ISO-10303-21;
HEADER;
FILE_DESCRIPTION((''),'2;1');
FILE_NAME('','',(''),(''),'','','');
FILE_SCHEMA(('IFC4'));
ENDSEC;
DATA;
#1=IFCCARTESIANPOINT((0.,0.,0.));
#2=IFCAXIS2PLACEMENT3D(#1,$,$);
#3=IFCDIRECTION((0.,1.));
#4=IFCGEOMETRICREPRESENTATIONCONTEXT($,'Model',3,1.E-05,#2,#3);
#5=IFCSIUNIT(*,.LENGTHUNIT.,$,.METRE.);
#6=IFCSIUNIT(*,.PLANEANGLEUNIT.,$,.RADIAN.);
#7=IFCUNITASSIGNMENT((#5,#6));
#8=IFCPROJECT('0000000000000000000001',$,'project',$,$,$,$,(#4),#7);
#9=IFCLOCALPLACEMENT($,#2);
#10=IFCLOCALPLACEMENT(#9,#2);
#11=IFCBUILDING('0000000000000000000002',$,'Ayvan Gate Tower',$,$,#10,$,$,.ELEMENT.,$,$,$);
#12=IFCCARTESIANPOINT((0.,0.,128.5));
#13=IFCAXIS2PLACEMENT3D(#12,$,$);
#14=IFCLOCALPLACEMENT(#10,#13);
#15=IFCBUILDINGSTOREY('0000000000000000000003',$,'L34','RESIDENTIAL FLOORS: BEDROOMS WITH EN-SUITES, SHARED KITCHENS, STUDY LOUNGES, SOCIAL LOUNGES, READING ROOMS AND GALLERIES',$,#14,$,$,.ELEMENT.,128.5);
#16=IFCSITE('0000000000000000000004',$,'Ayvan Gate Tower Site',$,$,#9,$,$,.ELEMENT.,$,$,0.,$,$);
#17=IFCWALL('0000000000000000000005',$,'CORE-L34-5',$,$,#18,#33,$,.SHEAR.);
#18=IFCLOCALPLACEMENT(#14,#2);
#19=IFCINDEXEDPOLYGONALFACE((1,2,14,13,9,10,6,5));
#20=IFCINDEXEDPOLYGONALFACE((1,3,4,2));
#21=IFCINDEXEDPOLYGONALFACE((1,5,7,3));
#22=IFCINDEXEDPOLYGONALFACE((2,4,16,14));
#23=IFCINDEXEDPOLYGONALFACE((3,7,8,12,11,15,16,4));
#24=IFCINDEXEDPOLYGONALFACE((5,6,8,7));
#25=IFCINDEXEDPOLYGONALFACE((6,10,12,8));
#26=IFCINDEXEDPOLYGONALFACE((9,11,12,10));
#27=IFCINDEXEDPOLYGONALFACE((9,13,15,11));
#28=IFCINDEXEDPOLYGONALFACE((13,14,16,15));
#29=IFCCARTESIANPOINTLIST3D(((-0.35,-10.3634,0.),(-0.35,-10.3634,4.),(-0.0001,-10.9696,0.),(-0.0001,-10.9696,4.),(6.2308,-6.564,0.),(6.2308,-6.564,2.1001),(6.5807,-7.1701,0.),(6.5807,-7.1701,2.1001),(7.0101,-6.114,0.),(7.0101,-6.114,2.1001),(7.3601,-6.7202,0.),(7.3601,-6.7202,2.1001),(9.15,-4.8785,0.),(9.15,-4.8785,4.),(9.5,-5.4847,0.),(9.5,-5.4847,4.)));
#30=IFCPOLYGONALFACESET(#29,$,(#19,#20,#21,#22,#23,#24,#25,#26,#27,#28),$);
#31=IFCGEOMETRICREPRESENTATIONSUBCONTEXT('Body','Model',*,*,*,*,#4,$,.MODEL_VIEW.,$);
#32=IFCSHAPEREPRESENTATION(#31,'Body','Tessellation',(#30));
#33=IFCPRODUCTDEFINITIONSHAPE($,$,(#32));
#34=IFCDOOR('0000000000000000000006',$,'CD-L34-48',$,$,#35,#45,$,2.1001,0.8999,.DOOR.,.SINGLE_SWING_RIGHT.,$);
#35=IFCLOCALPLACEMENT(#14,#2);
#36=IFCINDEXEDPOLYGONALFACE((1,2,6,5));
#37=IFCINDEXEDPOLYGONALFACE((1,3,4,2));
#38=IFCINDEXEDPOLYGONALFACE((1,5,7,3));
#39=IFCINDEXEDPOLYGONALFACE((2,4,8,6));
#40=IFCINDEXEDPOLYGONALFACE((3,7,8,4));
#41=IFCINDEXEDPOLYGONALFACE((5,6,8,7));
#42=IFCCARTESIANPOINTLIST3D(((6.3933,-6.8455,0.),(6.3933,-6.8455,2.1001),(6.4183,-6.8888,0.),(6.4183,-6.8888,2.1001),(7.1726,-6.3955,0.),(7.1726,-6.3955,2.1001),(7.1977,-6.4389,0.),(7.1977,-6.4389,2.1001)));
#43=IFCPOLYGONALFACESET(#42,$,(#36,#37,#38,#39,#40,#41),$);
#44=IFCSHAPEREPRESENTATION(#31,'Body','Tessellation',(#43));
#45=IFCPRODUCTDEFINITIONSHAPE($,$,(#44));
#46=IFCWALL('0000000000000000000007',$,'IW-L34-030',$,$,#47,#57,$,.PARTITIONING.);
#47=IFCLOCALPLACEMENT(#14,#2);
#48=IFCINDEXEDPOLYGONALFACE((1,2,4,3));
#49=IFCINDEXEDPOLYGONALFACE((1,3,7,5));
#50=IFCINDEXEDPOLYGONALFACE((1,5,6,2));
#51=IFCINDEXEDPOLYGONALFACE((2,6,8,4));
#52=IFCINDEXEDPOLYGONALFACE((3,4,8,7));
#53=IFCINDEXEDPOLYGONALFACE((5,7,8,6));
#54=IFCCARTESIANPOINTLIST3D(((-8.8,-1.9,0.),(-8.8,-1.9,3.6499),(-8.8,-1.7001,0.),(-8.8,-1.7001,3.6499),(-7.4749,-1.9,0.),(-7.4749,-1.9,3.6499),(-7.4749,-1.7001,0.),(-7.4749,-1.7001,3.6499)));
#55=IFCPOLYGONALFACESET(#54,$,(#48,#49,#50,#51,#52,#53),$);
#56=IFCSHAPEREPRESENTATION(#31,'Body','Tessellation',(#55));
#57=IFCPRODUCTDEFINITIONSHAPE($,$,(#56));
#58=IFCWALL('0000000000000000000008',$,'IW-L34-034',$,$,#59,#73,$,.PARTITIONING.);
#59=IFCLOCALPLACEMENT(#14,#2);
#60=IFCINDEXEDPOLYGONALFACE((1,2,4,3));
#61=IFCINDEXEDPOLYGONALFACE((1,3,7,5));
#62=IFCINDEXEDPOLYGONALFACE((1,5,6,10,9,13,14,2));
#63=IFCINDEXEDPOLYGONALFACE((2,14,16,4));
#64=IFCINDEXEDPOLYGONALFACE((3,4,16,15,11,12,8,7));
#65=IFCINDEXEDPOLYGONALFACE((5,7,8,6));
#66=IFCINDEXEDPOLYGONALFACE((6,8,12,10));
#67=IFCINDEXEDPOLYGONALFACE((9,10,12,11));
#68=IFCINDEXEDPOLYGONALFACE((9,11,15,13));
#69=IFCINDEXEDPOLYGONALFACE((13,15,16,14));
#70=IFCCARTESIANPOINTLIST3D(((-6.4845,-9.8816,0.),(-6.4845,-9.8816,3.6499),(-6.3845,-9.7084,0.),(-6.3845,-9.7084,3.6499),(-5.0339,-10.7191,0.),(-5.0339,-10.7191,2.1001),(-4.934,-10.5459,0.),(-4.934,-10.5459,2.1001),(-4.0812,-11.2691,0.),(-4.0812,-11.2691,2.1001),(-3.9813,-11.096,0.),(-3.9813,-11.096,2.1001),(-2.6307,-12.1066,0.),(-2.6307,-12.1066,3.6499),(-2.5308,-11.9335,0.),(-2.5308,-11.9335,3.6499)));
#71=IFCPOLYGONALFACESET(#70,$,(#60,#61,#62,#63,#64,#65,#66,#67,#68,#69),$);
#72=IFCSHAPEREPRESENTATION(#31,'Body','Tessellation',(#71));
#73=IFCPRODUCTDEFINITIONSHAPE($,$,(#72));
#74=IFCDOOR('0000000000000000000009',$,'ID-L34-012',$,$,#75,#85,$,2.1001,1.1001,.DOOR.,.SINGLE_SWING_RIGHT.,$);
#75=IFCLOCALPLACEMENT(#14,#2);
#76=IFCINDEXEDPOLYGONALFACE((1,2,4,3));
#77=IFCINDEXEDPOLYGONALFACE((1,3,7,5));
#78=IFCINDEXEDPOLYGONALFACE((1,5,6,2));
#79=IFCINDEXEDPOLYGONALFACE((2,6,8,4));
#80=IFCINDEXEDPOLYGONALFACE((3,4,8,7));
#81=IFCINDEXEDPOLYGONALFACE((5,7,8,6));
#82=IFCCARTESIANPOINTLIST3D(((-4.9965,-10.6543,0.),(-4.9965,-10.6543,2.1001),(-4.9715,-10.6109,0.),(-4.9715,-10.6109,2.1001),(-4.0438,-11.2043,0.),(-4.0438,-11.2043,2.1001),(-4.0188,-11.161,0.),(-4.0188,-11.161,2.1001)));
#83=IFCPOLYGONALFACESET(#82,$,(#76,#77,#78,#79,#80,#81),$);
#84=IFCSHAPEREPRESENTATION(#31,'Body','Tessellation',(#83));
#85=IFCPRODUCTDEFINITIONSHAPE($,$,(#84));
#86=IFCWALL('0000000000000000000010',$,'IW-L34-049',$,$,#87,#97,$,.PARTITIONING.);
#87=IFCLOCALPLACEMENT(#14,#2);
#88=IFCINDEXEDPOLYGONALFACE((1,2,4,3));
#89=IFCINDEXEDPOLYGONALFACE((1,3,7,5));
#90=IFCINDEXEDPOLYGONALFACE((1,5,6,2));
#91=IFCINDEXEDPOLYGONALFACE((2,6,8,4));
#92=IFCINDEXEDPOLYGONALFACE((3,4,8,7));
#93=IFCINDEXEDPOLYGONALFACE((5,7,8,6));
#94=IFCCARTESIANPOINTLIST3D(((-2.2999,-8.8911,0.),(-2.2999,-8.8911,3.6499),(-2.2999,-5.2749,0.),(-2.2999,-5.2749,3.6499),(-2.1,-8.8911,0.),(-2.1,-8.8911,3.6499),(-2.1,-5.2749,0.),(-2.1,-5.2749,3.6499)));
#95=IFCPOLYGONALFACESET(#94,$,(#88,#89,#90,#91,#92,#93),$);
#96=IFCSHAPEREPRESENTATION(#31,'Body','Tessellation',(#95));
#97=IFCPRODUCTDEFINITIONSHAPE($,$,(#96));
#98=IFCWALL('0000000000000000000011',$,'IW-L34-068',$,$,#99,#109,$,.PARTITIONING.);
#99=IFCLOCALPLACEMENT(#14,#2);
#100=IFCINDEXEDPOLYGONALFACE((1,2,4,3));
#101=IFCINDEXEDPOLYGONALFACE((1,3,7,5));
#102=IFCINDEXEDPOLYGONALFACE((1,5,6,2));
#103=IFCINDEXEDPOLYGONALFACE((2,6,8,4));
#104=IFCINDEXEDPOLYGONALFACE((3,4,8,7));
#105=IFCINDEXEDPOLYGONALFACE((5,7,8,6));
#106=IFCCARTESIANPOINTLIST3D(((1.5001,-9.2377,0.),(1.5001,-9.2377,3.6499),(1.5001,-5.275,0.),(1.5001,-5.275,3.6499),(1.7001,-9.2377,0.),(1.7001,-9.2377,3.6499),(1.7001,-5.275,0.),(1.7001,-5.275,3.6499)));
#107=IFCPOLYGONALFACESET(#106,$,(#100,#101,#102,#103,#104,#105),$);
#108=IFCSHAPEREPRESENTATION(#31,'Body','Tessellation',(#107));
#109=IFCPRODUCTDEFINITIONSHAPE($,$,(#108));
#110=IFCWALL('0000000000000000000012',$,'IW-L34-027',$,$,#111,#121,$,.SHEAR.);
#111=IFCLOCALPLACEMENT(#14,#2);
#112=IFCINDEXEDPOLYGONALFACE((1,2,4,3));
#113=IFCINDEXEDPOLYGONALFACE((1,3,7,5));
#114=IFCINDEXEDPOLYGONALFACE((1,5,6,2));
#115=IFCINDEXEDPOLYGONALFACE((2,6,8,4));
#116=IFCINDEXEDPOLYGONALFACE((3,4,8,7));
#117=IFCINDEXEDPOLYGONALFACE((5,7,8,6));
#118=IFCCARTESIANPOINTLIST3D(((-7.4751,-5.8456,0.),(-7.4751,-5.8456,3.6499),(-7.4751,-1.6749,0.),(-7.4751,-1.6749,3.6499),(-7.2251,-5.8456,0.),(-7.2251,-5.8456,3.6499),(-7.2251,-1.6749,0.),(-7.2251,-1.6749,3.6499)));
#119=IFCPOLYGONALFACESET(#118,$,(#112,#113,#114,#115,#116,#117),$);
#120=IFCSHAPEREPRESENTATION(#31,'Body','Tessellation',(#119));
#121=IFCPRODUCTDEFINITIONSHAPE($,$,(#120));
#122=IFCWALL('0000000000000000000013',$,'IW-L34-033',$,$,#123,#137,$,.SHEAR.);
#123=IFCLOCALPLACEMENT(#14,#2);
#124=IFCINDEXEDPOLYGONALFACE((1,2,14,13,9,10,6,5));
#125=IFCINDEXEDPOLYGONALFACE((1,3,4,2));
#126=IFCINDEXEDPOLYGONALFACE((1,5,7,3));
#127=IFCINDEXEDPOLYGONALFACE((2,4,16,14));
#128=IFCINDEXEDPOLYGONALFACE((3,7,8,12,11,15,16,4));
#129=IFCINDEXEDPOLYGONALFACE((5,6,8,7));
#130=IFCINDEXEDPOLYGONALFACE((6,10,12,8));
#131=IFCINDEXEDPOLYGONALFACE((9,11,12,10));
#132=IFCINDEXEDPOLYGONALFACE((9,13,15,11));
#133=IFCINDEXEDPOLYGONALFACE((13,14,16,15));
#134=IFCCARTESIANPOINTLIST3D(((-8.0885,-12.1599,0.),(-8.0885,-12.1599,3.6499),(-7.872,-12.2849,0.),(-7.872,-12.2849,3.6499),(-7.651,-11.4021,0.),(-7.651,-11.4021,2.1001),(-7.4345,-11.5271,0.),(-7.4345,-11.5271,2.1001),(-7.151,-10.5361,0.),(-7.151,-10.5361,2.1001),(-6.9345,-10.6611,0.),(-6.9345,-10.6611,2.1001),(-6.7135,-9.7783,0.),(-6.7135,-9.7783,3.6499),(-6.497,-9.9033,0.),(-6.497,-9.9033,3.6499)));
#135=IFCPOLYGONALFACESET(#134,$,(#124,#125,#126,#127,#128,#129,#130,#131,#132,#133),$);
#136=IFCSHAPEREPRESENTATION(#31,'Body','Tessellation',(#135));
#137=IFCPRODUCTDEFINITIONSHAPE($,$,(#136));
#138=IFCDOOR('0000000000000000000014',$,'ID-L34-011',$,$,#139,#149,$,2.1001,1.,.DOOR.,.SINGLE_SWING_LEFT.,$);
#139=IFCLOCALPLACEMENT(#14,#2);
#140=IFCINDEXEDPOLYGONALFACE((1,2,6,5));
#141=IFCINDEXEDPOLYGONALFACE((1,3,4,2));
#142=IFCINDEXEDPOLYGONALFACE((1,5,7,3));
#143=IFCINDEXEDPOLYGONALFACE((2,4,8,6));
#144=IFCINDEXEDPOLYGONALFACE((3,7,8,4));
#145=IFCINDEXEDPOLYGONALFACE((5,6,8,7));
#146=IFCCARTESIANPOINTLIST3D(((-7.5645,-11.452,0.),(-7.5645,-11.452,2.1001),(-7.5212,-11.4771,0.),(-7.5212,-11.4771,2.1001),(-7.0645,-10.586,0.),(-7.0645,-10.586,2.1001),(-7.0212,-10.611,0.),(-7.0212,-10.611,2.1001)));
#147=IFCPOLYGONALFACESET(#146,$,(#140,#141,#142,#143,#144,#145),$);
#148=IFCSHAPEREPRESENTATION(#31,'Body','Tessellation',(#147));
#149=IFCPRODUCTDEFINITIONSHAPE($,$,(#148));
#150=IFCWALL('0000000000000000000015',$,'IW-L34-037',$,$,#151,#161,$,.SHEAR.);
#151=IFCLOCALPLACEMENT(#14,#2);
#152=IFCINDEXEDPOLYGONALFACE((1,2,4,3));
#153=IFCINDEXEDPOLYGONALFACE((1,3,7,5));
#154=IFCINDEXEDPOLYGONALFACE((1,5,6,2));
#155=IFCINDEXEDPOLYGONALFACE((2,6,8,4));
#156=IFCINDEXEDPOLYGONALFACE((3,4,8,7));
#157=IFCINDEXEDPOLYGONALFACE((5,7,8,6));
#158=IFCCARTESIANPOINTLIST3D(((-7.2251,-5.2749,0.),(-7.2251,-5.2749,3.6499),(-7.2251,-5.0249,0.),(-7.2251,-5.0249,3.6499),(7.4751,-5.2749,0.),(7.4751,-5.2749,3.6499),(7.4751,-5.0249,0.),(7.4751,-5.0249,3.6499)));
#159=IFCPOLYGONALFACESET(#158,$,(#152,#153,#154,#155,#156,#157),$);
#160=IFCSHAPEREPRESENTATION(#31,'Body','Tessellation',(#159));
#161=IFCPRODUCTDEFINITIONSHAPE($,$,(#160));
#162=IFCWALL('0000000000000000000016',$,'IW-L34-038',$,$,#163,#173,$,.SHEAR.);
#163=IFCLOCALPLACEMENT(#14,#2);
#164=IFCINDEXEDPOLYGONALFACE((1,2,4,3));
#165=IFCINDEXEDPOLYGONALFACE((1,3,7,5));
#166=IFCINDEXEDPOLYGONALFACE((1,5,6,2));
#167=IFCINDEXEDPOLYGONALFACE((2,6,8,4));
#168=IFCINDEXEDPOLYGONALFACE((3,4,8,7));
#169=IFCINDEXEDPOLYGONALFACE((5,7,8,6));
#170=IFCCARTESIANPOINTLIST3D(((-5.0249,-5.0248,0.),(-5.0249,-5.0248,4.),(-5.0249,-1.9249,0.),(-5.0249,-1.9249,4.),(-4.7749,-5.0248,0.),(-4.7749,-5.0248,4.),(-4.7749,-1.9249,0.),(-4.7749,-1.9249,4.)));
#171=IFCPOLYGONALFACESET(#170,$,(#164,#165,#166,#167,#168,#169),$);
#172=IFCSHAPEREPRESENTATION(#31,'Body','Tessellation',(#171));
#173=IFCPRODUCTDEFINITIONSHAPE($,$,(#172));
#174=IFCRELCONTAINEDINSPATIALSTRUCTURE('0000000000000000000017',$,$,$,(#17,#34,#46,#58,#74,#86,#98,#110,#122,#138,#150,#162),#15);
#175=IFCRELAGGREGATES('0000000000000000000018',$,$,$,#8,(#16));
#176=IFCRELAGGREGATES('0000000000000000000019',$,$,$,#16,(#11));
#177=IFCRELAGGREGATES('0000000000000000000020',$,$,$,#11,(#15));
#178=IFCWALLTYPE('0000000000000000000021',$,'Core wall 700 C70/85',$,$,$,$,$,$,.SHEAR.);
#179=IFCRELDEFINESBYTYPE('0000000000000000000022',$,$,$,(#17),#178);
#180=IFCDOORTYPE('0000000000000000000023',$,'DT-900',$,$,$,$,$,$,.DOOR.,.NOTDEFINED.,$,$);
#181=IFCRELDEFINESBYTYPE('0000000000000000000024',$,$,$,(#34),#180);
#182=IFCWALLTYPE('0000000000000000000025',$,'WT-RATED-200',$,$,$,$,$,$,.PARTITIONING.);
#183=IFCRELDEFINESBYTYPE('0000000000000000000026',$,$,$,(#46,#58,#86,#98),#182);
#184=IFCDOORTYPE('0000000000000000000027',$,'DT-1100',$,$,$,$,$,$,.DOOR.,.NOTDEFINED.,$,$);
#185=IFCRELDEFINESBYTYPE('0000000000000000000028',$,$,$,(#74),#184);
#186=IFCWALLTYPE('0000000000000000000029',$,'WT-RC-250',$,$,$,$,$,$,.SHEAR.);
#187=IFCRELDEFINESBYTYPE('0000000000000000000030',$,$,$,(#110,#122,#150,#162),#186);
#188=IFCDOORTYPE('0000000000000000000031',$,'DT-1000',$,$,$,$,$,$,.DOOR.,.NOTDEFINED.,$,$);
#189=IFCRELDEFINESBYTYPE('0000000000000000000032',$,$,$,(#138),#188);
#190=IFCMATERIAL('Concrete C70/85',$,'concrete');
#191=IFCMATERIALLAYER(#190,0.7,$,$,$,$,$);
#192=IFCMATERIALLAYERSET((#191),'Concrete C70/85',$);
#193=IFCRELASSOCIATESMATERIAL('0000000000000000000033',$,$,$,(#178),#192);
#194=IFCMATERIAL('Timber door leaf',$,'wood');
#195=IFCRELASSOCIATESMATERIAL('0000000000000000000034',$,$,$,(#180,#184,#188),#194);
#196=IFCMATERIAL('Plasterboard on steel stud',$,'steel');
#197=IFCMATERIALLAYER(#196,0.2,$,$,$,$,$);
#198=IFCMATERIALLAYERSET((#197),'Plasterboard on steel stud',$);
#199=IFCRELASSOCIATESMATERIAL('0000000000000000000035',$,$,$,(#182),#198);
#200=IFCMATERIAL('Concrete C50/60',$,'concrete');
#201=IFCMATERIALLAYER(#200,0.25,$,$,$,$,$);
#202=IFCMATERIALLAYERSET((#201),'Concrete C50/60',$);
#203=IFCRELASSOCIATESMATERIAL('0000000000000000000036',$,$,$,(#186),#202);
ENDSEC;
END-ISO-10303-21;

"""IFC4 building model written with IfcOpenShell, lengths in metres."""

from ifc_helpers import new_model, si_unit, direction, frame, frame_2d, origin, place, context, subcontext, project, spatial, rectangle, extrude, material, layer, layer_set, type_object, element, fill, save


model = new_model("IFC4")

# Units and contexts
model_context = context("Model", 3, precision=1e-05, world=origin(), true_north=direction((0.0, 1.0)))
body_context = subcontext(model_context, "Body", "Model", "MODEL_VIEW")
ifc_project = project(units=[si_unit("LENGTHUNIT", "METRE"), si_unit("PLANEANGLEUNIT", "RADIAN")], contexts=[model_context])

# Site, building, storey
site_placement = place(None, origin())
site = spatial("IfcSite", under=ifc_project, at=site_placement, Name="Ayvan Gate Tower Site", CompositionType="ELEMENT", RefElevation=0.0)
building_placement = place(site_placement, origin())
building = spatial("IfcBuilding", under=site, at=building_placement, Name="Ayvan Gate Tower", CompositionType="ELEMENT")
storey_placement = place(building_placement, frame((0.0, 0.0, 128.5)))
storey = spatial("IfcBuildingStorey", under=building, at=storey_placement, Name="L34", Description="RESIDENTIAL FLOORS: BEDROOMS WITH EN-SUITES, SHARED KITCHENS, STUDY LOUNGES, SOCIAL LOUNGES, READING ROOMS AND GALLERIES", CompositionType="ELEMENT", Elevation=128.5)

# Wall, opening, door
ifc_material_1 = material(Name="Concrete C70/85", Category="concrete")
ifc_layer_1 = layer(ifc_material_1, 0.7)
ifc_layer_set_1 = layer_set([ifc_layer_1], Name="Concrete C70/85")
wall_type_1 = type_object("IfcWallType", Name="Core wall 700 C70/85", PredefinedType="SHEAR", material=ifc_layer_set_1)
wall_1_placement = place(storey_placement, frame((-0.175, -10.6665, 0.0), z_axis=(0.0, 0.0, 1.0), x_axis=(0.866024, 0.500002, 0.0)))
wall_1 = element("IfcWall", 1, at=wall_1_placement, inside=storey, type_object=wall_type_1, Name="CORE-L34-5", PredefinedType="SHEAR", context=body_context, shape_type="SweptSolid", body=[
    extrude(rectangle(XDim=10.9697, YDim=0.7, at=frame_2d((5.4849, 0.0))), origin(), (0.0, 0.0, 1.0), 4.0),
])
opening_1_placement = place(wall_1_placement, frame((7.5989, 0.0, 0.0)))
opening_1 = element("IfcOpeningElement", 2, at=opening_1_placement, cuts=wall_1, PredefinedType="OPENING", context=body_context, shape_type="SweptSolid", body=[
    extrude(rectangle(XDim=0.8999, YDim=2.1001, at=frame_2d((0.45, 1.05))), frame((0.0, 0.3599, 0.0), z_axis=(0.0, -1.0, 0.0), x_axis=(1.0, 0.0, 0.0)), (0.0, 0.0, 1.0), 0.72),
])
ifc_material_2 = material(Name="Timber door leaf", Category="wood")
door_type_1 = type_object("IfcDoorType", Name="DT-900", OperationType="NOTDEFINED", PredefinedType="DOOR", material=ifc_material_2)
door_1_placement = place(opening_1_placement, origin())
door_1 = element("IfcDoor", 3, at=door_1_placement, inside=storey, type_object=door_type_1, Name="CD-L34-48", OperationType="SINGLE_SWING_RIGHT", OverallHeight=2.1001, OverallWidth=0.8999, PredefinedType="DOOR", context=body_context, shape_type="SweptSolid", body=[
    extrude(rectangle(XDim=0.8999, YDim=2.1001, at=frame_2d((0.45, 1.05))), frame((0.0, 0.0249, 0.0), z_axis=(0.0, -1.0, 0.0), x_axis=(1.0, 0.0, 0.0)), (0.0, 0.0, 1.0), 0.05),
])
fill(opening_1, door_1)

# Wall
ifc_material_3 = material(Name="Plasterboard on steel stud", Category="steel")
ifc_layer_2 = layer(ifc_material_3, 0.2)
ifc_layer_set_2 = layer_set([ifc_layer_2], Name="Plasterboard on steel stud")
wall_type_2 = type_object("IfcWallType", Name="WT-RATED-200", PredefinedType="PARTITIONING", material=ifc_layer_set_2)
wall_2_placement = place(storey_placement, frame((-7.4749, -1.8, 0.0), z_axis=(0.0, 0.0, 1.0), x_axis=(-1.0, 0.0, 0.0)))
element("IfcWall", 4, at=wall_2_placement, inside=storey, type_object=wall_type_2, Name="IW-L34-030", PredefinedType="PARTITIONING", context=body_context, shape_type="SweptSolid", body=[
    extrude(rectangle(XDim=1.3252, YDim=0.2, at=frame_2d((0.6626, 0.0))), origin(), (0.0, 0.0, 1.0), 3.6499),
])

# Wall, opening, door
wall_3_placement = place(storey_placement, frame((-6.4346, -9.7949, 0.0), z_axis=(0.0, 0.0, 1.0), x_axis=(0.866013, -0.500022, 0.0)))
wall_3 = element("IfcWall", 5, at=wall_3_placement, inside=storey, type_object=wall_type_2, Name="IW-L34-034", PredefinedType="PARTITIONING", context=body_context, shape_type="SweptSolid", body=[
    extrude(rectangle(XDim=4.45, YDim=0.2, at=frame_2d((2.2251, 0.0))), origin(), (0.0, 0.0, 1.0), 3.6499),
])
opening_2_placement = place(wall_3_placement, frame((1.675, 0.0, 0.0)))
opening_2 = element("IfcOpeningElement", 6, at=opening_2_placement, cuts=wall_3, PredefinedType="OPENING", context=body_context, shape_type="SweptSolid", body=[
    extrude(rectangle(XDim=1.1001, YDim=2.1001, at=frame_2d((0.55, 1.05))), frame((0.0, 0.1099, 0.0), z_axis=(0.0, -1.0, 0.0), x_axis=(1.0, 0.0, 0.0)), (0.0, 0.0, 1.0), 0.22),
])
door_type_2 = type_object("IfcDoorType", Name="DT-1100", OperationType="NOTDEFINED", PredefinedType="DOOR", material=ifc_material_2)
door_2_placement = place(opening_2_placement, origin())
door_2 = element("IfcDoor", 7, at=door_2_placement, inside=storey, type_object=door_type_2, Name="ID-L34-012", OperationType="SINGLE_SWING_RIGHT", OverallHeight=2.1001, OverallWidth=1.1001, PredefinedType="DOOR", context=body_context, shape_type="SweptSolid", body=[
    extrude(rectangle(XDim=1.1001, YDim=2.1001, at=frame_2d((0.55, 1.05))), frame((0.0, 0.0249, 0.0), z_axis=(0.0, -1.0, 0.0), x_axis=(1.0, 0.0, 0.0)), (0.0, 0.0, 1.0), 0.05),
])
fill(opening_2, door_2)

# Walls
wall_4_placement = place(storey_placement, frame((-2.2, -5.2749, 0.0), z_axis=(0.0, 0.0, 1.0), x_axis=(0.0, -1.0, 0.0)))
element("IfcWall", 8, at=wall_4_placement, inside=storey, type_object=wall_type_2, Name="IW-L34-049", PredefinedType="PARTITIONING", context=body_context, shape_type="SweptSolid", body=[
    extrude(rectangle(XDim=3.6162, YDim=0.2, at=frame_2d((1.8081, 0.0))), origin(), (0.0, 0.0, 1.0), 3.6499),
])
wall_5_placement = place(storey_placement, frame((1.6001, -5.2749, 0.0), z_axis=(0.0, 0.0, 1.0), x_axis=(0.0, -1.0, 0.0)))
element("IfcWall", 9, at=wall_5_placement, inside=storey, type_object=wall_type_2, Name="IW-L34-068", PredefinedType="PARTITIONING", context=body_context, shape_type="SweptSolid", body=[
    extrude(rectangle(XDim=3.9626, YDim=0.2, at=frame_2d((1.9814, 0.0))), origin(), (0.0, 0.0, 1.0), 3.6499),
])
ifc_material_4 = material(Name="Concrete C50/60", Category="concrete")
ifc_layer_3 = layer(ifc_material_4, 0.25)
ifc_layer_set_3 = layer_set([ifc_layer_3], Name="Concrete C50/60")
wall_type_3 = type_object("IfcWallType", Name="WT-RC-250", PredefinedType="SHEAR", material=ifc_layer_set_3)
wall_6_placement = place(storey_placement, frame((-7.3501, -5.8457, 0.0), z_axis=(0.0, 0.0, 1.0), x_axis=(0.0, 1.0, 0.0)))
element("IfcWall", 10, at=wall_6_placement, inside=storey, type_object=wall_type_3, Name="IW-L34-027", PredefinedType="SHEAR", context=body_context, shape_type="SweptSolid", body=[
    extrude(rectangle(XDim=4.1707, YDim=0.25, at=frame_2d((2.0854, 0.0))), origin(), (0.0, 0.0, 1.0), 3.6499),
])

# Wall, opening, door
wall_7_placement = place(storey_placement, frame((-6.6052, -9.8408, 0.0), z_axis=(0.0, 0.0, 1.0), x_axis=(-0.499997, -0.866027, 0.0)))
wall_7 = element("IfcWall", 11, at=wall_7_placement, inside=storey, type_object=wall_type_3, Name="IW-L34-033", PredefinedType="SHEAR", context=body_context, shape_type="SweptSolid", body=[
    extrude(rectangle(XDim=2.75, YDim=0.25, at=frame_2d((1.375, 0.0))), origin(), (0.0, 0.0, 1.0), 3.6499),
])
opening_3_placement = place(wall_7_placement, frame((0.875, 0.0, 0.0)))
opening_3 = element("IfcOpeningElement", 12, at=opening_3_placement, cuts=wall_7, PredefinedType="OPENING", context=body_context, shape_type="SweptSolid", body=[
    extrude(rectangle(XDim=1.0, YDim=2.1001, at=frame_2d((0.5, 1.05))), frame((0.0, 0.135, 0.0), z_axis=(0.0, -1.0, 0.0), x_axis=(1.0, 0.0, 0.0)), (0.0, 0.0, 1.0), 0.27),
])
door_type_3 = type_object("IfcDoorType", Name="DT-1000", OperationType="NOTDEFINED", PredefinedType="DOOR", material=ifc_material_2)
door_3_placement = place(opening_3_placement, origin())
door_3 = element("IfcDoor", 13, at=door_3_placement, inside=storey, type_object=door_type_3, Name="ID-L34-011", OperationType="SINGLE_SWING_LEFT", OverallHeight=2.1001, OverallWidth=1.0, PredefinedType="DOOR", context=body_context, shape_type="SweptSolid", body=[
    extrude(rectangle(XDim=1.0, YDim=2.1001, at=frame_2d((0.5, 1.05))), frame((0.0, 0.0249, 0.0), z_axis=(0.0, -1.0, 0.0), x_axis=(1.0, 0.0, 0.0)), (0.0, 0.0, 1.0), 0.05),
])
fill(opening_3, door_3)

# Walls
wall_8_placement = place(storey_placement, frame((-7.2251, -5.1499, 0.0), z_axis=(0.0, 0.0, 1.0), x_axis=(1.0, 0.0, 0.0)))
element("IfcWall", 14, at=wall_8_placement, inside=storey, type_object=wall_type_3, Name="IW-L34-037", PredefinedType="SHEAR", context=body_context, shape_type="SweptSolid", body=[
    extrude(rectangle(XDim=14.7002, YDim=0.25, at=frame_2d((7.3501, 0.0))), origin(), (0.0, 0.0, 1.0), 3.6499),
])
wall_9_placement = place(storey_placement, frame((-4.8999, -1.925, 0.0), z_axis=(0.0, 0.0, 1.0), x_axis=(0.0, -1.0, 0.0)))
element("IfcWall", 15, at=wall_9_placement, inside=storey, type_object=wall_type_3, Name="IW-L34-038", PredefinedType="SHEAR", context=body_context, shape_type="SweptSolid", body=[
    extrude(rectangle(XDim=3.0999, YDim=0.25, at=frame_2d((1.5498, 0.0))), origin(), (0.0, 0.0, 1.0), 4.0),
])

save(model, "model.ifc")
